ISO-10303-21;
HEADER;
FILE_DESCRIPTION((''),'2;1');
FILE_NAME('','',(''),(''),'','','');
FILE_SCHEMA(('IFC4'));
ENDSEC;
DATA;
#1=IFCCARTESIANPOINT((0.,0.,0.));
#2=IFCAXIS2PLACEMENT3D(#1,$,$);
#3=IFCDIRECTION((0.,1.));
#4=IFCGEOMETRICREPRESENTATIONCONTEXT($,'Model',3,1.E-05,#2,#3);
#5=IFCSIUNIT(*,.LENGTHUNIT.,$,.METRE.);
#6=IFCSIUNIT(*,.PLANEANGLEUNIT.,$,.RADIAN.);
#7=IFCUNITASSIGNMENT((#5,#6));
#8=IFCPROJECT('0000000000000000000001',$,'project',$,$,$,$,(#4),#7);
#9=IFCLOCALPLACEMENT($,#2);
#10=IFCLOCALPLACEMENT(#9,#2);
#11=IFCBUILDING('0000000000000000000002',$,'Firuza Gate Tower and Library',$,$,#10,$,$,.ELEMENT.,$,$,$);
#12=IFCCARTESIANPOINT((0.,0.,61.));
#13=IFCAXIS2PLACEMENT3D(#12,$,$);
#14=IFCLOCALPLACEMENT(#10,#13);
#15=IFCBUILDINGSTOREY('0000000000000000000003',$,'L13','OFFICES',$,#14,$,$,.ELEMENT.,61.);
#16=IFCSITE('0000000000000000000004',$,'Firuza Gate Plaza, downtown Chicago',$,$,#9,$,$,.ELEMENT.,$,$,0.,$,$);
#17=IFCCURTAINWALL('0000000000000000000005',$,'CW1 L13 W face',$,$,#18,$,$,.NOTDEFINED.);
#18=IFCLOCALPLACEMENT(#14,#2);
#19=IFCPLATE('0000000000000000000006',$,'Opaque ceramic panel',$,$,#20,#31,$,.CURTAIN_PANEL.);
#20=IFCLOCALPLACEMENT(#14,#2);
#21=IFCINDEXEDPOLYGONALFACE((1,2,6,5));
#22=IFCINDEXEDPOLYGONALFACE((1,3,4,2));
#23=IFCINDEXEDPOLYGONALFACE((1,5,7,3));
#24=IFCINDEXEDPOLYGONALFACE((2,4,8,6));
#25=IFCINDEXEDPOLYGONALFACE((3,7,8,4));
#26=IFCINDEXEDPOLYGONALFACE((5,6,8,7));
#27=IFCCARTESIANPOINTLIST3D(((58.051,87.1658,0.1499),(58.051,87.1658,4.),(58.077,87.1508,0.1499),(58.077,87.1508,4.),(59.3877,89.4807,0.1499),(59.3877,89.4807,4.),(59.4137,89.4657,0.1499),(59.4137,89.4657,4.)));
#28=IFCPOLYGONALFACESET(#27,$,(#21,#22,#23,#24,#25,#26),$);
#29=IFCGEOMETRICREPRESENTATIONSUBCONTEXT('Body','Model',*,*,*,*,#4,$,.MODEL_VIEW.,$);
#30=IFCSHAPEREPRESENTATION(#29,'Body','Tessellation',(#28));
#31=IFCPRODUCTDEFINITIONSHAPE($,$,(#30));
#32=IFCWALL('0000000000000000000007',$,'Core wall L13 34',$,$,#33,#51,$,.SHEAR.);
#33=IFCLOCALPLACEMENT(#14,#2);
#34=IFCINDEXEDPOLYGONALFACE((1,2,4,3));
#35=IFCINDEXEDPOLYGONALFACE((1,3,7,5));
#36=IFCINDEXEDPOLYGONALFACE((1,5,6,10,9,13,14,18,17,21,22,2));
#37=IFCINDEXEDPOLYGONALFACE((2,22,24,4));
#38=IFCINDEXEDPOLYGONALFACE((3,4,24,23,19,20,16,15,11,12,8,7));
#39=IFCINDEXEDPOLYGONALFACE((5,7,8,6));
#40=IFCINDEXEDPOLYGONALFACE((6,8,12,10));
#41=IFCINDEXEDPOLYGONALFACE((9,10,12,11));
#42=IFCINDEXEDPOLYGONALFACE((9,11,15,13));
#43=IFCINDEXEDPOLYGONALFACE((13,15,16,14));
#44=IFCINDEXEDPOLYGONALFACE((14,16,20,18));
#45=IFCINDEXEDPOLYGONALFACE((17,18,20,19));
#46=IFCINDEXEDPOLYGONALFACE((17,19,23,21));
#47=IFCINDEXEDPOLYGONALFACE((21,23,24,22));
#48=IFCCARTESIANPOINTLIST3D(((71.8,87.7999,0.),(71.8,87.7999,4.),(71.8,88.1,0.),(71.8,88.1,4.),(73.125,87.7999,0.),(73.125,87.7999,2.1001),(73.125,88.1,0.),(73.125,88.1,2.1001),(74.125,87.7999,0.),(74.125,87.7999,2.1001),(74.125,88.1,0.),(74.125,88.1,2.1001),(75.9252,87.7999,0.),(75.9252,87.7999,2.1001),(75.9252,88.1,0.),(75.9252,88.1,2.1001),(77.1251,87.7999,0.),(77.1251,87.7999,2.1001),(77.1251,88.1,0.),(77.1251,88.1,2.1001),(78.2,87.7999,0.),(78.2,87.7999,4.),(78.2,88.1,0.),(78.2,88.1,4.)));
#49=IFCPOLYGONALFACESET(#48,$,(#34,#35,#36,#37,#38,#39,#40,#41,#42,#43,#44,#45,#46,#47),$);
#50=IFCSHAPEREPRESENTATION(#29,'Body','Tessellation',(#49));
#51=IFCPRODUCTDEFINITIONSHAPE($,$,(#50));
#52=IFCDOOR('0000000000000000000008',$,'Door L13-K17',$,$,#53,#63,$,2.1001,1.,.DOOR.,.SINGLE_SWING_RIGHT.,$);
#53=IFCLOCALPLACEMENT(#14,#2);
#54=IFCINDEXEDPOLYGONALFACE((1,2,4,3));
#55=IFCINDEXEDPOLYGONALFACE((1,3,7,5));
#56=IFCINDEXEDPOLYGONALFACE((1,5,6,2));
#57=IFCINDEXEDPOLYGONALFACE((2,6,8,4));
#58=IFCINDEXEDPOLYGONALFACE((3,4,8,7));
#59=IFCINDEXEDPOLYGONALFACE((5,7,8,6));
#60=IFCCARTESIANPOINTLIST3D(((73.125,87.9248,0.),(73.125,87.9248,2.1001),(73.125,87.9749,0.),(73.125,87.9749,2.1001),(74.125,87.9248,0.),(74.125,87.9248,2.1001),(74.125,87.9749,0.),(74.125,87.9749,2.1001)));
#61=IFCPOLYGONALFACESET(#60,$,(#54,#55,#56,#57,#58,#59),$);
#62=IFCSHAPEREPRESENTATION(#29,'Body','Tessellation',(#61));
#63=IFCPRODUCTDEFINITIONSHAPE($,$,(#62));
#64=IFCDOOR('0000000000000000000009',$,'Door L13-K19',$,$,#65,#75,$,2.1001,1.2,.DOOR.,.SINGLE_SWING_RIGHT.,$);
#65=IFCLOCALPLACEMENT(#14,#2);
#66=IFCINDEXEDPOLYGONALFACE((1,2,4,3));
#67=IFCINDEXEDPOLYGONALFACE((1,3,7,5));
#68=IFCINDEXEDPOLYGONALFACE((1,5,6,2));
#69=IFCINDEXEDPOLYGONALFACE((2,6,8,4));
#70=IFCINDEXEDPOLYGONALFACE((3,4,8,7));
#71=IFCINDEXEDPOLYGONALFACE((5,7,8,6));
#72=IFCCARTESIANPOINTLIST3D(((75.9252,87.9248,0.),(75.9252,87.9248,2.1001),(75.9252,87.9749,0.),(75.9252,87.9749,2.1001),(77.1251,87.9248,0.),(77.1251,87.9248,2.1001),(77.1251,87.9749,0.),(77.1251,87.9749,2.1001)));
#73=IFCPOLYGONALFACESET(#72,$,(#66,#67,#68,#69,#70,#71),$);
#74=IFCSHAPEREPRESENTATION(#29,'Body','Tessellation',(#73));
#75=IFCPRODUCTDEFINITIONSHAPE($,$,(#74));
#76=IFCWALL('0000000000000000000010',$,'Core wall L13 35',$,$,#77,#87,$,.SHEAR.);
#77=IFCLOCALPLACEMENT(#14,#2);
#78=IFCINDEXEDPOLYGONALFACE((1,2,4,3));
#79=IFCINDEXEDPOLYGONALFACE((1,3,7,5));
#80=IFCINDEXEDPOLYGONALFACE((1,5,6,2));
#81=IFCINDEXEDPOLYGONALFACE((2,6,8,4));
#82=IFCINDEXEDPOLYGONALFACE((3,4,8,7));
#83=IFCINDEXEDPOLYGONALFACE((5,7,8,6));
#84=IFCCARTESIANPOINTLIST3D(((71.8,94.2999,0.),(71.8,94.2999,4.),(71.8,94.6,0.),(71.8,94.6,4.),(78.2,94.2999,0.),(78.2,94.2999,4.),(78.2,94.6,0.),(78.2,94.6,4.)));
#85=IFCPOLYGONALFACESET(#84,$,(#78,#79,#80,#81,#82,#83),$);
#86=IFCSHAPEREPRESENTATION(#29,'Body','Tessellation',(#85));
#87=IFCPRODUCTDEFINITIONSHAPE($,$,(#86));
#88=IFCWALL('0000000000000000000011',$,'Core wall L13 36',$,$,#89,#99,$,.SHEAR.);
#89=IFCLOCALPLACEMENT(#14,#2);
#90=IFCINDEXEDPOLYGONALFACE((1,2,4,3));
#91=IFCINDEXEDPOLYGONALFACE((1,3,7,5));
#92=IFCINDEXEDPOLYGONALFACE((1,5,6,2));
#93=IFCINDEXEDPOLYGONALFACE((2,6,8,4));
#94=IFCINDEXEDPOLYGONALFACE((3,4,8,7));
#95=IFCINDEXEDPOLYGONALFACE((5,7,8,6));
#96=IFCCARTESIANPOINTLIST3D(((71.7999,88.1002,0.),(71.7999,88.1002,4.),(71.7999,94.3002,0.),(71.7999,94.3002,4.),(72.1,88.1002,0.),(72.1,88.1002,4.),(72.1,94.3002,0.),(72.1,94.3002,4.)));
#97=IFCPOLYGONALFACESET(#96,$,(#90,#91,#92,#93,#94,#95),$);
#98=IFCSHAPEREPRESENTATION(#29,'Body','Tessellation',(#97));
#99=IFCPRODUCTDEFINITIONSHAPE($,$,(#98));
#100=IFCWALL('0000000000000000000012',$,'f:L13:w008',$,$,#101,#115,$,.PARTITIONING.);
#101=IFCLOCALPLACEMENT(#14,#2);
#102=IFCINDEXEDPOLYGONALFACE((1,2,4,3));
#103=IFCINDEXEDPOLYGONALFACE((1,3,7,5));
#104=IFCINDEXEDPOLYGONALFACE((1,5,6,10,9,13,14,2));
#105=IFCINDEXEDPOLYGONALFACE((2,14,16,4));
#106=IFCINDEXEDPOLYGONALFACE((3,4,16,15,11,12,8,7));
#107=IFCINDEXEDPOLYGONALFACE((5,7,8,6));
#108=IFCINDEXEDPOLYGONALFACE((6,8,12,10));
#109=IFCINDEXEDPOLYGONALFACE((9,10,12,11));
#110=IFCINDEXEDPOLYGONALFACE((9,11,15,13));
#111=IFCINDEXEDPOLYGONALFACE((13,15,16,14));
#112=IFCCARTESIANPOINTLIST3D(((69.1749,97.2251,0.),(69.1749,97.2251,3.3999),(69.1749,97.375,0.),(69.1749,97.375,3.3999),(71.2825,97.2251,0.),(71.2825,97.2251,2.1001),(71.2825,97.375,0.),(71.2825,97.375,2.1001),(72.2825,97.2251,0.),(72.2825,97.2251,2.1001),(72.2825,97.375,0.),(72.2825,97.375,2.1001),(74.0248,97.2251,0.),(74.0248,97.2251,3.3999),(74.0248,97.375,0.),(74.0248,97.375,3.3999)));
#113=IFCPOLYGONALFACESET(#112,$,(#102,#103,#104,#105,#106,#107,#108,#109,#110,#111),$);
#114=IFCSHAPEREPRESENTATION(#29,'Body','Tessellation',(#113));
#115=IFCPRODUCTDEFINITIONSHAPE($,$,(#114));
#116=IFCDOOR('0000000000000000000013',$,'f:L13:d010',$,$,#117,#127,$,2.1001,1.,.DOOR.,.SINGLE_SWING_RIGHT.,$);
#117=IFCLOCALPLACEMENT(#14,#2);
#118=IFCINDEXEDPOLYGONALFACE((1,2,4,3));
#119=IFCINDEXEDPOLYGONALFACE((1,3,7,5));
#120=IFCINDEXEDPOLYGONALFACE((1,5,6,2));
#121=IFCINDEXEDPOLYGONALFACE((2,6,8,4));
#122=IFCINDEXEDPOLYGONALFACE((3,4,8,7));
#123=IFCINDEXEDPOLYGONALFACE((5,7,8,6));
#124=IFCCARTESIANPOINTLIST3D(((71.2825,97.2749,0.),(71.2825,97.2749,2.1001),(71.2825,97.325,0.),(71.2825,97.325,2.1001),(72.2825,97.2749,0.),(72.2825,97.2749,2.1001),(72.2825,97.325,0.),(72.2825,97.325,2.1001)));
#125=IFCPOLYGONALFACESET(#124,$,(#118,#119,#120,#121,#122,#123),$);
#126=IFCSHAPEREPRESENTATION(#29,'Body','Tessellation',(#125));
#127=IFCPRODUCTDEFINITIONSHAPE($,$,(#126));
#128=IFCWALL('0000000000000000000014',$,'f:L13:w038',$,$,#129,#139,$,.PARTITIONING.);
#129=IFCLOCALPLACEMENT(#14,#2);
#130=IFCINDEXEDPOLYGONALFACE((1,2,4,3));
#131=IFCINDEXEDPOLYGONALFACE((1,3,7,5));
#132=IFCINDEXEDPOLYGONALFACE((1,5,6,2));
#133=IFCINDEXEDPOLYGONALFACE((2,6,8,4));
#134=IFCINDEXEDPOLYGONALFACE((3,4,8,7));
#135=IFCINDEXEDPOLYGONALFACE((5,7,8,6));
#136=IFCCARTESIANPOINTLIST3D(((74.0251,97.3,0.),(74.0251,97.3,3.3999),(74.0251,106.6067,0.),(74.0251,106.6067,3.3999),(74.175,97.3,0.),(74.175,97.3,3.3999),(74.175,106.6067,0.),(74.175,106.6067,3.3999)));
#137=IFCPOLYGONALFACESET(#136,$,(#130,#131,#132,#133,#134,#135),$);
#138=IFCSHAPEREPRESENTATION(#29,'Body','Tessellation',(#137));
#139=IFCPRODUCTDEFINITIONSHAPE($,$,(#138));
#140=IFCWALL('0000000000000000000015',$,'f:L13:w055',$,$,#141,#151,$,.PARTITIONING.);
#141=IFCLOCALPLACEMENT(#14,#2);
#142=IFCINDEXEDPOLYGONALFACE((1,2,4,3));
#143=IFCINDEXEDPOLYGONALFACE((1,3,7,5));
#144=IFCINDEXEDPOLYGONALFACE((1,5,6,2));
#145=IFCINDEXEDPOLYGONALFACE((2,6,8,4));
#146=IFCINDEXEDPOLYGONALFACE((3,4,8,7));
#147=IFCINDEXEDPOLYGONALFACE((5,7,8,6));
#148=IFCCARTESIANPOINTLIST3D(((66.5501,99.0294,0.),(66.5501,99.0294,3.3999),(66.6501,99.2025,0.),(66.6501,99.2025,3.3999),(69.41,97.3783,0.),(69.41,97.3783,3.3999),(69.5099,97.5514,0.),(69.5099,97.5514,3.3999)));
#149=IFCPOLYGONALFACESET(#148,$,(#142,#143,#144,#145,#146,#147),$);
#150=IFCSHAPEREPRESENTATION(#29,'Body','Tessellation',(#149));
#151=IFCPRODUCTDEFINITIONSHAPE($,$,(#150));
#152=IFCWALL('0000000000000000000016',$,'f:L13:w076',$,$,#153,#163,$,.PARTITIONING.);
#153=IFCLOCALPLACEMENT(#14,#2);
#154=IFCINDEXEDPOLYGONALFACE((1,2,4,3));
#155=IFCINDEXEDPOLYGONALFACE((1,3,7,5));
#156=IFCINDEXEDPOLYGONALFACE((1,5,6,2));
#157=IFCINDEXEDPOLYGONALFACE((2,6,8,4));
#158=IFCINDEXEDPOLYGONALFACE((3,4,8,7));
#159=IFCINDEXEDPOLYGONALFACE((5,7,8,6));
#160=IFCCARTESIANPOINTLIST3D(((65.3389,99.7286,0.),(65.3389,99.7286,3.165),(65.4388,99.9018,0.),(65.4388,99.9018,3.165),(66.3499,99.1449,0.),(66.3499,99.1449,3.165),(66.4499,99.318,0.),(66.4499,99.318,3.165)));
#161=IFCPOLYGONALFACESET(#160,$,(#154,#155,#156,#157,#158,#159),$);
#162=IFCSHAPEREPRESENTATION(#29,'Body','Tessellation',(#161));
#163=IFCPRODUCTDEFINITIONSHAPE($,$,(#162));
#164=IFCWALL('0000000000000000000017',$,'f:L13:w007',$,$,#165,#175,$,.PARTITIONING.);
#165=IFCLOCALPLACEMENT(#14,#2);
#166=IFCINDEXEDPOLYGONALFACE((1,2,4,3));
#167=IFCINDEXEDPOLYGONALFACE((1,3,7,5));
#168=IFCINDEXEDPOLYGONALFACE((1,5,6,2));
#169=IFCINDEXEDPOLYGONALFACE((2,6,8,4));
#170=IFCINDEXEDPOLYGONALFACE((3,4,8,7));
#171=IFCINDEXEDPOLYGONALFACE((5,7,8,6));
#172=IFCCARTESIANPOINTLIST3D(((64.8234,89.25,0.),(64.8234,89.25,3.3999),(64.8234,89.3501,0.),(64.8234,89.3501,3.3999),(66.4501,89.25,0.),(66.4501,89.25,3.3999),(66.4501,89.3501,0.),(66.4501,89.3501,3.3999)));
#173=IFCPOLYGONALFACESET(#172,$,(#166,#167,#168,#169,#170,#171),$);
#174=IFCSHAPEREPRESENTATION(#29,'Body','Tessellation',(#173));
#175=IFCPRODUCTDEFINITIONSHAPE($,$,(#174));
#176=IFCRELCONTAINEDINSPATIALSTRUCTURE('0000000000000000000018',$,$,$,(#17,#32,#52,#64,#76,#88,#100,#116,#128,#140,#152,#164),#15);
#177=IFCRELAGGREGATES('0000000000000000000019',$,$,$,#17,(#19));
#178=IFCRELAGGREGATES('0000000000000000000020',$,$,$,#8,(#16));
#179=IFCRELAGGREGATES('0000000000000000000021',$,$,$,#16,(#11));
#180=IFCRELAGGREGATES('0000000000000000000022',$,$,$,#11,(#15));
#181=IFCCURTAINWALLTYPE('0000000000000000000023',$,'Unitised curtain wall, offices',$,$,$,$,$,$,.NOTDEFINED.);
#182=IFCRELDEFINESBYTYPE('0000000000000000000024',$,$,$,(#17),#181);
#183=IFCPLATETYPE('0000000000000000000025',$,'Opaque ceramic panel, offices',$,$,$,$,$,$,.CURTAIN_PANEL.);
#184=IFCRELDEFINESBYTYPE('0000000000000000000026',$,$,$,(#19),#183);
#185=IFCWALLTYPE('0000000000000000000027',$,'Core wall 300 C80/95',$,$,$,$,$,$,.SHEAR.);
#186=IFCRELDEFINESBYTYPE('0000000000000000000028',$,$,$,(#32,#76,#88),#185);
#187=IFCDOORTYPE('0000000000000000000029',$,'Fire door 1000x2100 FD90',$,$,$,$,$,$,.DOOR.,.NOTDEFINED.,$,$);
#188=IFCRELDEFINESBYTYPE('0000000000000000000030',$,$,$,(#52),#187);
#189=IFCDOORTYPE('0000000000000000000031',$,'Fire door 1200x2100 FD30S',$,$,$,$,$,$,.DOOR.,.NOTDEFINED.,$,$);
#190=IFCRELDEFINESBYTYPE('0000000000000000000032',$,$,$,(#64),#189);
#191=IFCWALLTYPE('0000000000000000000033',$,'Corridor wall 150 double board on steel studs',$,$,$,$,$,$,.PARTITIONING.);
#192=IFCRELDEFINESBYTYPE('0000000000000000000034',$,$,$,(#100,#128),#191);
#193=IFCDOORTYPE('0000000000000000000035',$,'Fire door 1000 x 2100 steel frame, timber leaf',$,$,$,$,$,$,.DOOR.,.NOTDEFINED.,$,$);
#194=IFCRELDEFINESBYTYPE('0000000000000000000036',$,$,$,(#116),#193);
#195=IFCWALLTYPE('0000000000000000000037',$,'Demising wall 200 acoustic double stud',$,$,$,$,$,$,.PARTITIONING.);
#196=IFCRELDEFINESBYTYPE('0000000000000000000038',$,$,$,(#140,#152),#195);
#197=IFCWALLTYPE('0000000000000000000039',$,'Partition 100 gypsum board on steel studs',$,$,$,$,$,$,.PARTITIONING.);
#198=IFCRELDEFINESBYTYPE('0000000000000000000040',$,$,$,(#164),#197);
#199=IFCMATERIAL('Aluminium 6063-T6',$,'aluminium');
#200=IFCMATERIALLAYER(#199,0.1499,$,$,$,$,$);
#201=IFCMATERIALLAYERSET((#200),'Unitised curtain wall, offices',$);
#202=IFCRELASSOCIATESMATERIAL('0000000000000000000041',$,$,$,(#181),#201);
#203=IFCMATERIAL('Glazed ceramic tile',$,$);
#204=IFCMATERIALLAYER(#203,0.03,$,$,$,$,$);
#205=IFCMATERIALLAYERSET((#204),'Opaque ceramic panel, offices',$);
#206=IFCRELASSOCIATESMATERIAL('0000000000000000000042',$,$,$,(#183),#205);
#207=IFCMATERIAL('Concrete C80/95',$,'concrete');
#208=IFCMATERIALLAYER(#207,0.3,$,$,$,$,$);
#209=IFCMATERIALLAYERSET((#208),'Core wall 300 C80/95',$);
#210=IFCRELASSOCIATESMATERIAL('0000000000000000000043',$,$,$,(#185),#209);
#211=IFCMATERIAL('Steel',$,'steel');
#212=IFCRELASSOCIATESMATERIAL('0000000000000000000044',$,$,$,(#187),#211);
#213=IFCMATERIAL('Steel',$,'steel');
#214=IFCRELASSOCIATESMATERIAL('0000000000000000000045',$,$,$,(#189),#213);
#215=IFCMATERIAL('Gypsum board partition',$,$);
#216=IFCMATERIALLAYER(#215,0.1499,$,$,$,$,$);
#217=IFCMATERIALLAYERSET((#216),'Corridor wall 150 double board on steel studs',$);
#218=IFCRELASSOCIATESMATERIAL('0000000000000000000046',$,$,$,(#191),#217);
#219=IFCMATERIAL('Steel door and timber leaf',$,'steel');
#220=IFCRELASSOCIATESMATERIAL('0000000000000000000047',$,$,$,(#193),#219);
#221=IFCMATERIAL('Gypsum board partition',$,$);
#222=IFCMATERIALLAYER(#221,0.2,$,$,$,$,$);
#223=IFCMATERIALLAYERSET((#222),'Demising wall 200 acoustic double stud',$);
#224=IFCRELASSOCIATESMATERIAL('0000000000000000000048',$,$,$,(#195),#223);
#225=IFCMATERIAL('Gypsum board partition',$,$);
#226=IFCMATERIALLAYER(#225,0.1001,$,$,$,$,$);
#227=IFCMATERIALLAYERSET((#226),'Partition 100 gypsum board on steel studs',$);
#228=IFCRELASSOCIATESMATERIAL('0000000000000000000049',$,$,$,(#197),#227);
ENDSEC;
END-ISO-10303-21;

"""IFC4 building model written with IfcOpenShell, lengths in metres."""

from ifc_helpers import new_model, si_unit, direction, frame, frame_2d, origin, place, context, subcontext, project, spatial, polyline, rectangle, outline, extrude, material, layer, layer_set, type_object, element, fill, aggregate, save


model = new_model("IFC4")

# Units and contexts
model_context = context("Model", 3, precision=1e-05, world=origin(), true_north=direction((0.0, 1.0)))
body_context = subcontext(model_context, "Body", "Model", "MODEL_VIEW")
ifc_project = project(units=[si_unit("LENGTHUNIT", "METRE"), si_unit("PLANEANGLEUNIT", "RADIAN")], contexts=[model_context])

# Site, building, storey
site_placement = place(None, origin())
site = spatial("IfcSite", under=ifc_project, at=site_placement, Name="Firuza Gate Plaza, downtown Chicago", CompositionType="ELEMENT", RefElevation=0.0)
building_placement = place(site_placement, origin())
building = spatial("IfcBuilding", under=site, at=building_placement, Name="Firuza Gate Tower and Library", CompositionType="ELEMENT")
storey_placement = place(building_placement, frame((0.0, 0.0, 61.0)))
storey = spatial("IfcBuildingStorey", under=building, at=storey_placement, Name="L13", Description="OFFICES", CompositionType="ELEMENT", Elevation=61.0)

# Curtain wall
ifc_material_1 = material(Name="Aluminium 6063-T6", Category="aluminium")
ifc_layer_1 = layer(ifc_material_1, 0.1499)
ifc_layer_set_1 = layer_set([ifc_layer_1], Name="Unitised curtain wall, offices")
curtain_wall_type = type_object("IfcCurtainWallType", Name="Unitised curtain wall, offices", PredefinedType="NOTDEFINED", material=ifc_layer_set_1)
placement = place(storey_placement, origin())
curtain_wall = element("IfcCurtainWall", 1, at=placement, inside=storey, type_object=curtain_wall_type, Name="CW1 L13 W face", PredefinedType="NOTDEFINED")

# Plate
ifc_material_2 = material(Name="Glazed ceramic tile")
ifc_layer_2 = layer(ifc_material_2, 0.03)
ifc_layer_set_2 = layer_set([ifc_layer_2], Name="Opaque ceramic panel, offices")
plate_type_1 = type_object("IfcPlateType", Name="Opaque ceramic panel, offices", PredefinedType="CURTAIN_PANEL", material=ifc_layer_set_2)
plate_1_placement = place(storey_placement, frame((59.3877, 89.4807, 0.1499), z_axis=(-0.866003, 0.500039, 0.0), x_axis=(-0.500039, -0.866003, 0.0)))
plate_1 = element("IfcPlate", 2, at=plate_1_placement, type_object=plate_type_1, Name="Opaque ceramic panel", PredefinedType="CURTAIN_PANEL", context=body_context, shape_type="SweptSolid", body=[
    extrude(outline(polyline([(0.0, 0.0), (2.6731, 0.0), (2.6731, 3.8501), (0.0, 3.8501), (0.0, 0.0)])), origin(), (0.0, 0.0, -1.0), 0.03),
])
aggregate(curtain_wall, [plate_1])

# Wall, openings, doors
ifc_material_3 = material(Name="Concrete C80/95", Category="concrete")
ifc_layer_3 = layer(ifc_material_3, 0.3)
ifc_layer_set_3 = layer_set([ifc_layer_3], Name="Core wall 300 C80/95")
wall_type_1 = type_object("IfcWallType", Name="Core wall 300 C80/95", PredefinedType="SHEAR", material=ifc_layer_set_3)
wall_1_placement = place(storey_placement, frame((71.8, 87.95, 0.0), z_axis=(0.0, 0.0, 1.0), x_axis=(1.0, 0.0, 0.0)))
wall_1 = element("IfcWall", 3, at=wall_1_placement, inside=storey, type_object=wall_type_1, Name="Core wall L13 34", PredefinedType="SHEAR", context=body_context, shape_type="SweptSolid", body=[
    extrude(rectangle(XDim=6.3999, YDim=0.3, at=frame_2d((3.2, 0.0))), origin(), (0.0, 0.0, 1.0), 4.0),
])
opening_1_placement = place(wall_1_placement, frame((1.325, 0.0, 0.0)))
opening_1 = element("IfcOpeningElement", 4, at=opening_1_placement, cuts=wall_1, PredefinedType="OPENING", context=body_context, shape_type="SweptSolid", body=[
    extrude(rectangle(XDim=1.0, YDim=2.1001, at=frame_2d((0.5, 1.05))), frame((0.0, 0.1602, 0.0), z_axis=(0.0, -1.0, 0.0), x_axis=(1.0, 0.0, 0.0)), (0.0, 0.0, 1.0), 0.3201),
])
opening_2_placement = place(wall_1_placement, frame((4.125, 0.0, 0.0)))
opening_2 = element("IfcOpeningElement", 5, at=opening_2_placement, cuts=wall_1, PredefinedType="OPENING", context=body_context, shape_type="SweptSolid", body=[
    extrude(rectangle(XDim=1.2, YDim=2.1001, at=frame_2d((0.6001, 1.05))), frame((0.0, 0.1602, 0.0), z_axis=(0.0, -1.0, 0.0), x_axis=(1.0, 0.0, 0.0)), (0.0, 0.0, 1.0), 0.3201),
])
ifc_material_4 = material(Name="Steel", Category="steel")
door_type_1 = type_object("IfcDoorType", Name="Fire door 1000x2100 FD90", OperationType="NOTDEFINED", PredefinedType="DOOR", material=ifc_material_4)
door_1_placement = place(opening_1_placement, origin())
door_1 = element("IfcDoor", 6, at=door_1_placement, inside=storey, type_object=door_type_1, Name="Door L13-K17", OperationType="SINGLE_SWING_RIGHT", OverallHeight=2.1001, OverallWidth=1.0, PredefinedType="DOOR", context=body_context, shape_type="SweptSolid", body=[
    extrude(rectangle(XDim=1.0, YDim=2.1001, at=frame_2d((0.5, 1.05))), frame((0.0, 0.0249, 0.0), z_axis=(0.0, -1.0, 0.0), x_axis=(1.0, 0.0, 0.0)), (0.0, 0.0, 1.0), 0.05),
])
fill(opening_1, door_1)
ifc_material_5 = material(Name="Steel", Category="steel")
door_type_2 = type_object("IfcDoorType", Name="Fire door 1200x2100 FD30S", OperationType="NOTDEFINED", PredefinedType="DOOR", material=ifc_material_5)
door_2_placement = place(opening_2_placement, origin())
door_2 = element("IfcDoor", 7, at=door_2_placement, inside=storey, type_object=door_type_2, Name="Door L13-K19", OperationType="SINGLE_SWING_RIGHT", OverallHeight=2.1001, OverallWidth=1.2, PredefinedType="DOOR", context=body_context, shape_type="SweptSolid", body=[
    extrude(rectangle(XDim=1.2, YDim=2.1001, at=frame_2d((0.6001, 1.05))), frame((0.0, 0.0249, 0.0), z_axis=(0.0, -1.0, 0.0), x_axis=(1.0, 0.0, 0.0)), (0.0, 0.0, 1.0), 0.05),
])
fill(opening_2, door_2)

# Walls
wall_2_placement = place(storey_placement, frame((71.8, 94.45, 0.0), z_axis=(0.0, 0.0, 1.0), x_axis=(1.0, 0.0, 0.0)))
element("IfcWall", 8, at=wall_2_placement, inside=storey, type_object=wall_type_1, Name="Core wall L13 35", PredefinedType="SHEAR", context=body_context, shape_type="SweptSolid", body=[
    extrude(rectangle(XDim=6.3999, YDim=0.3, at=frame_2d((3.2, 0.0))), origin(), (0.0, 0.0, 1.0), 4.0),
])
wall_3_placement = place(storey_placement, frame((71.95, 88.1001, 0.0), z_axis=(0.0, 0.0, 1.0), x_axis=(0.0, 1.0, 0.0)))
element("IfcWall", 9, at=wall_3_placement, inside=storey, type_object=wall_type_1, Name="Core wall L13 36", PredefinedType="SHEAR", context=body_context, shape_type="SweptSolid", body=[
    extrude(rectangle(XDim=6.2, YDim=0.3, at=frame_2d((3.1001, 0.0))), origin(), (0.0, 0.0, 1.0), 4.0),
])

# Wall, opening, door
ifc_material_6 = material(Name="Gypsum board partition")
ifc_layer_4 = layer(ifc_material_6, 0.1499)
ifc_layer_set_4 = layer_set([ifc_layer_4], Name="Corridor wall 150 double board on steel studs")
wall_type_2 = type_object("IfcWallType", Name="Corridor wall 150 double board on steel studs", PredefinedType="PARTITIONING", material=ifc_layer_set_4)
wall_4_placement = place(storey_placement, frame((69.175, 97.3, 0.0), z_axis=(0.0, 0.0, 1.0), x_axis=(1.0, 0.0, 0.0)))
wall_4 = element("IfcWall", 10, at=wall_4_placement, inside=storey, type_object=wall_type_2, Name="f:L13:w008", PredefinedType="PARTITIONING", context=body_context, shape_type="SweptSolid", body=[
    extrude(rectangle(XDim=4.8499, YDim=0.1499, at=frame_2d((2.4248, 0.0))), origin(), (0.0, 0.0, 1.0), 3.3999),
])
opening_3_placement = place(wall_4_placement, frame((2.1074, 0.0, 0.0)))
opening_3 = element("IfcOpeningElement", 11, at=opening_3_placement, cuts=wall_4, PredefinedType="OPENING", context=body_context, shape_type="SweptSolid", body=[
    extrude(rectangle(XDim=1.0, YDim=2.1001, at=frame_2d((0.5, 1.05))), frame((0.0, 0.085, 0.0), z_axis=(0.0, -1.0, 0.0), x_axis=(1.0, 0.0, 0.0)), (0.0, 0.0, 1.0), 0.1699),
])
ifc_material_7 = material(Name="Steel door and timber leaf", Category="steel")
door_type_3 = type_object("IfcDoorType", Name="Fire door 1000 x 2100 steel frame, timber leaf", OperationType="NOTDEFINED", PredefinedType="DOOR", material=ifc_material_7)
door_3_placement = place(opening_3_placement, origin())
door_3 = element("IfcDoor", 12, at=door_3_placement, inside=storey, type_object=door_type_3, Name="f:L13:d010", OperationType="SINGLE_SWING_RIGHT", OverallHeight=2.1001, OverallWidth=1.0, PredefinedType="DOOR", context=body_context, shape_type="SweptSolid", body=[
    extrude(rectangle(XDim=1.0, YDim=2.1001, at=frame_2d((0.5, 1.05))), frame((0.0, 0.0249, 0.0), z_axis=(0.0, -1.0, 0.0), x_axis=(1.0, 0.0, 0.0)), (0.0, 0.0, 1.0), 0.05),
])
fill(opening_3, door_3)

# Walls
wall_5_placement = place(storey_placement, frame((74.1001, 97.3, 0.0), z_axis=(0.0, 0.0, 1.0), x_axis=(0.0, 1.0, 0.0)))
element("IfcWall", 13, at=wall_5_placement, inside=storey, type_object=wall_type_2, Name="f:L13:w038", PredefinedType="PARTITIONING", context=body_context, shape_type="SweptSolid", body=[
    extrude(rectangle(XDim=9.3066, YDim=0.1499, at=frame_2d((4.6533, 0.0))), origin(), (0.0, 0.0, 1.0), 3.3999),
])
ifc_material_8 = material(Name="Gypsum board partition")
ifc_layer_5 = layer(ifc_material_8, 0.2)
ifc_layer_set_5 = layer_set([ifc_layer_5], Name="Demising wall 200 acoustic double stud")
wall_type_3 = type_object("IfcWallType", Name="Demising wall 200 acoustic double stud", PredefinedType="PARTITIONING", material=ifc_layer_set_5)
wall_6_placement = place(storey_placement, frame((69.46, 97.4648, 0.0), z_axis=(0.0, 0.0, 1.0), x_axis=(-0.866028, 0.499996, 0.0)))
element("IfcWall", 14, at=wall_6_placement, inside=storey, type_object=wall_type_3, Name="f:L13:w055", PredefinedType="PARTITIONING", context=body_context, shape_type="SweptSolid", body=[
    extrude(rectangle(XDim=3.3022, YDim=0.2, at=frame_2d((1.6511, 0.0))), origin(), (0.0, 0.0, 1.0), 3.3999),
])
wall_7_placement = place(storey_placement, frame((66.3999, 99.2314, 0.0), z_axis=(0.0, 0.0, 1.0), x_axis=(-0.866008, 0.50003, 0.0)))
element("IfcWall", 15, at=wall_7_placement, inside=storey, type_object=wall_type_3, Name="f:L13:w076", PredefinedType="PARTITIONING", context=body_context, shape_type="SweptSolid", body=[
    extrude(rectangle(XDim=1.1675, YDim=0.2, at=frame_2d((0.5837, 0.0))), origin(), (0.0, 0.0, 1.0), 3.165),
])
ifc_material_9 = material(Name="Gypsum board partition")
ifc_layer_6 = layer(ifc_material_9, 0.1001)
ifc_layer_set_6 = layer_set([ifc_layer_6], Name="Partition 100 gypsum board on steel studs")
wall_type_4 = type_object("IfcWallType", Name="Partition 100 gypsum board on steel studs", PredefinedType="PARTITIONING", material=ifc_layer_set_6)
wall_8_placement = place(storey_placement, frame((64.8232, 89.3, 0.0), z_axis=(0.0, 0.0, 1.0), x_axis=(1.0, 0.0, 0.0)))
element("IfcWall", 16, at=wall_8_placement, inside=storey, type_object=wall_type_4, Name="f:L13:w007", PredefinedType="PARTITIONING", context=body_context, shape_type="SweptSolid", body=[
    extrude(rectangle(XDim=1.6267, YDim=0.1001, at=frame_2d((0.8135, 0.0))), origin(), (0.0, 0.0, 1.0), 3.3999),
])

save(model, "model.ifc")
